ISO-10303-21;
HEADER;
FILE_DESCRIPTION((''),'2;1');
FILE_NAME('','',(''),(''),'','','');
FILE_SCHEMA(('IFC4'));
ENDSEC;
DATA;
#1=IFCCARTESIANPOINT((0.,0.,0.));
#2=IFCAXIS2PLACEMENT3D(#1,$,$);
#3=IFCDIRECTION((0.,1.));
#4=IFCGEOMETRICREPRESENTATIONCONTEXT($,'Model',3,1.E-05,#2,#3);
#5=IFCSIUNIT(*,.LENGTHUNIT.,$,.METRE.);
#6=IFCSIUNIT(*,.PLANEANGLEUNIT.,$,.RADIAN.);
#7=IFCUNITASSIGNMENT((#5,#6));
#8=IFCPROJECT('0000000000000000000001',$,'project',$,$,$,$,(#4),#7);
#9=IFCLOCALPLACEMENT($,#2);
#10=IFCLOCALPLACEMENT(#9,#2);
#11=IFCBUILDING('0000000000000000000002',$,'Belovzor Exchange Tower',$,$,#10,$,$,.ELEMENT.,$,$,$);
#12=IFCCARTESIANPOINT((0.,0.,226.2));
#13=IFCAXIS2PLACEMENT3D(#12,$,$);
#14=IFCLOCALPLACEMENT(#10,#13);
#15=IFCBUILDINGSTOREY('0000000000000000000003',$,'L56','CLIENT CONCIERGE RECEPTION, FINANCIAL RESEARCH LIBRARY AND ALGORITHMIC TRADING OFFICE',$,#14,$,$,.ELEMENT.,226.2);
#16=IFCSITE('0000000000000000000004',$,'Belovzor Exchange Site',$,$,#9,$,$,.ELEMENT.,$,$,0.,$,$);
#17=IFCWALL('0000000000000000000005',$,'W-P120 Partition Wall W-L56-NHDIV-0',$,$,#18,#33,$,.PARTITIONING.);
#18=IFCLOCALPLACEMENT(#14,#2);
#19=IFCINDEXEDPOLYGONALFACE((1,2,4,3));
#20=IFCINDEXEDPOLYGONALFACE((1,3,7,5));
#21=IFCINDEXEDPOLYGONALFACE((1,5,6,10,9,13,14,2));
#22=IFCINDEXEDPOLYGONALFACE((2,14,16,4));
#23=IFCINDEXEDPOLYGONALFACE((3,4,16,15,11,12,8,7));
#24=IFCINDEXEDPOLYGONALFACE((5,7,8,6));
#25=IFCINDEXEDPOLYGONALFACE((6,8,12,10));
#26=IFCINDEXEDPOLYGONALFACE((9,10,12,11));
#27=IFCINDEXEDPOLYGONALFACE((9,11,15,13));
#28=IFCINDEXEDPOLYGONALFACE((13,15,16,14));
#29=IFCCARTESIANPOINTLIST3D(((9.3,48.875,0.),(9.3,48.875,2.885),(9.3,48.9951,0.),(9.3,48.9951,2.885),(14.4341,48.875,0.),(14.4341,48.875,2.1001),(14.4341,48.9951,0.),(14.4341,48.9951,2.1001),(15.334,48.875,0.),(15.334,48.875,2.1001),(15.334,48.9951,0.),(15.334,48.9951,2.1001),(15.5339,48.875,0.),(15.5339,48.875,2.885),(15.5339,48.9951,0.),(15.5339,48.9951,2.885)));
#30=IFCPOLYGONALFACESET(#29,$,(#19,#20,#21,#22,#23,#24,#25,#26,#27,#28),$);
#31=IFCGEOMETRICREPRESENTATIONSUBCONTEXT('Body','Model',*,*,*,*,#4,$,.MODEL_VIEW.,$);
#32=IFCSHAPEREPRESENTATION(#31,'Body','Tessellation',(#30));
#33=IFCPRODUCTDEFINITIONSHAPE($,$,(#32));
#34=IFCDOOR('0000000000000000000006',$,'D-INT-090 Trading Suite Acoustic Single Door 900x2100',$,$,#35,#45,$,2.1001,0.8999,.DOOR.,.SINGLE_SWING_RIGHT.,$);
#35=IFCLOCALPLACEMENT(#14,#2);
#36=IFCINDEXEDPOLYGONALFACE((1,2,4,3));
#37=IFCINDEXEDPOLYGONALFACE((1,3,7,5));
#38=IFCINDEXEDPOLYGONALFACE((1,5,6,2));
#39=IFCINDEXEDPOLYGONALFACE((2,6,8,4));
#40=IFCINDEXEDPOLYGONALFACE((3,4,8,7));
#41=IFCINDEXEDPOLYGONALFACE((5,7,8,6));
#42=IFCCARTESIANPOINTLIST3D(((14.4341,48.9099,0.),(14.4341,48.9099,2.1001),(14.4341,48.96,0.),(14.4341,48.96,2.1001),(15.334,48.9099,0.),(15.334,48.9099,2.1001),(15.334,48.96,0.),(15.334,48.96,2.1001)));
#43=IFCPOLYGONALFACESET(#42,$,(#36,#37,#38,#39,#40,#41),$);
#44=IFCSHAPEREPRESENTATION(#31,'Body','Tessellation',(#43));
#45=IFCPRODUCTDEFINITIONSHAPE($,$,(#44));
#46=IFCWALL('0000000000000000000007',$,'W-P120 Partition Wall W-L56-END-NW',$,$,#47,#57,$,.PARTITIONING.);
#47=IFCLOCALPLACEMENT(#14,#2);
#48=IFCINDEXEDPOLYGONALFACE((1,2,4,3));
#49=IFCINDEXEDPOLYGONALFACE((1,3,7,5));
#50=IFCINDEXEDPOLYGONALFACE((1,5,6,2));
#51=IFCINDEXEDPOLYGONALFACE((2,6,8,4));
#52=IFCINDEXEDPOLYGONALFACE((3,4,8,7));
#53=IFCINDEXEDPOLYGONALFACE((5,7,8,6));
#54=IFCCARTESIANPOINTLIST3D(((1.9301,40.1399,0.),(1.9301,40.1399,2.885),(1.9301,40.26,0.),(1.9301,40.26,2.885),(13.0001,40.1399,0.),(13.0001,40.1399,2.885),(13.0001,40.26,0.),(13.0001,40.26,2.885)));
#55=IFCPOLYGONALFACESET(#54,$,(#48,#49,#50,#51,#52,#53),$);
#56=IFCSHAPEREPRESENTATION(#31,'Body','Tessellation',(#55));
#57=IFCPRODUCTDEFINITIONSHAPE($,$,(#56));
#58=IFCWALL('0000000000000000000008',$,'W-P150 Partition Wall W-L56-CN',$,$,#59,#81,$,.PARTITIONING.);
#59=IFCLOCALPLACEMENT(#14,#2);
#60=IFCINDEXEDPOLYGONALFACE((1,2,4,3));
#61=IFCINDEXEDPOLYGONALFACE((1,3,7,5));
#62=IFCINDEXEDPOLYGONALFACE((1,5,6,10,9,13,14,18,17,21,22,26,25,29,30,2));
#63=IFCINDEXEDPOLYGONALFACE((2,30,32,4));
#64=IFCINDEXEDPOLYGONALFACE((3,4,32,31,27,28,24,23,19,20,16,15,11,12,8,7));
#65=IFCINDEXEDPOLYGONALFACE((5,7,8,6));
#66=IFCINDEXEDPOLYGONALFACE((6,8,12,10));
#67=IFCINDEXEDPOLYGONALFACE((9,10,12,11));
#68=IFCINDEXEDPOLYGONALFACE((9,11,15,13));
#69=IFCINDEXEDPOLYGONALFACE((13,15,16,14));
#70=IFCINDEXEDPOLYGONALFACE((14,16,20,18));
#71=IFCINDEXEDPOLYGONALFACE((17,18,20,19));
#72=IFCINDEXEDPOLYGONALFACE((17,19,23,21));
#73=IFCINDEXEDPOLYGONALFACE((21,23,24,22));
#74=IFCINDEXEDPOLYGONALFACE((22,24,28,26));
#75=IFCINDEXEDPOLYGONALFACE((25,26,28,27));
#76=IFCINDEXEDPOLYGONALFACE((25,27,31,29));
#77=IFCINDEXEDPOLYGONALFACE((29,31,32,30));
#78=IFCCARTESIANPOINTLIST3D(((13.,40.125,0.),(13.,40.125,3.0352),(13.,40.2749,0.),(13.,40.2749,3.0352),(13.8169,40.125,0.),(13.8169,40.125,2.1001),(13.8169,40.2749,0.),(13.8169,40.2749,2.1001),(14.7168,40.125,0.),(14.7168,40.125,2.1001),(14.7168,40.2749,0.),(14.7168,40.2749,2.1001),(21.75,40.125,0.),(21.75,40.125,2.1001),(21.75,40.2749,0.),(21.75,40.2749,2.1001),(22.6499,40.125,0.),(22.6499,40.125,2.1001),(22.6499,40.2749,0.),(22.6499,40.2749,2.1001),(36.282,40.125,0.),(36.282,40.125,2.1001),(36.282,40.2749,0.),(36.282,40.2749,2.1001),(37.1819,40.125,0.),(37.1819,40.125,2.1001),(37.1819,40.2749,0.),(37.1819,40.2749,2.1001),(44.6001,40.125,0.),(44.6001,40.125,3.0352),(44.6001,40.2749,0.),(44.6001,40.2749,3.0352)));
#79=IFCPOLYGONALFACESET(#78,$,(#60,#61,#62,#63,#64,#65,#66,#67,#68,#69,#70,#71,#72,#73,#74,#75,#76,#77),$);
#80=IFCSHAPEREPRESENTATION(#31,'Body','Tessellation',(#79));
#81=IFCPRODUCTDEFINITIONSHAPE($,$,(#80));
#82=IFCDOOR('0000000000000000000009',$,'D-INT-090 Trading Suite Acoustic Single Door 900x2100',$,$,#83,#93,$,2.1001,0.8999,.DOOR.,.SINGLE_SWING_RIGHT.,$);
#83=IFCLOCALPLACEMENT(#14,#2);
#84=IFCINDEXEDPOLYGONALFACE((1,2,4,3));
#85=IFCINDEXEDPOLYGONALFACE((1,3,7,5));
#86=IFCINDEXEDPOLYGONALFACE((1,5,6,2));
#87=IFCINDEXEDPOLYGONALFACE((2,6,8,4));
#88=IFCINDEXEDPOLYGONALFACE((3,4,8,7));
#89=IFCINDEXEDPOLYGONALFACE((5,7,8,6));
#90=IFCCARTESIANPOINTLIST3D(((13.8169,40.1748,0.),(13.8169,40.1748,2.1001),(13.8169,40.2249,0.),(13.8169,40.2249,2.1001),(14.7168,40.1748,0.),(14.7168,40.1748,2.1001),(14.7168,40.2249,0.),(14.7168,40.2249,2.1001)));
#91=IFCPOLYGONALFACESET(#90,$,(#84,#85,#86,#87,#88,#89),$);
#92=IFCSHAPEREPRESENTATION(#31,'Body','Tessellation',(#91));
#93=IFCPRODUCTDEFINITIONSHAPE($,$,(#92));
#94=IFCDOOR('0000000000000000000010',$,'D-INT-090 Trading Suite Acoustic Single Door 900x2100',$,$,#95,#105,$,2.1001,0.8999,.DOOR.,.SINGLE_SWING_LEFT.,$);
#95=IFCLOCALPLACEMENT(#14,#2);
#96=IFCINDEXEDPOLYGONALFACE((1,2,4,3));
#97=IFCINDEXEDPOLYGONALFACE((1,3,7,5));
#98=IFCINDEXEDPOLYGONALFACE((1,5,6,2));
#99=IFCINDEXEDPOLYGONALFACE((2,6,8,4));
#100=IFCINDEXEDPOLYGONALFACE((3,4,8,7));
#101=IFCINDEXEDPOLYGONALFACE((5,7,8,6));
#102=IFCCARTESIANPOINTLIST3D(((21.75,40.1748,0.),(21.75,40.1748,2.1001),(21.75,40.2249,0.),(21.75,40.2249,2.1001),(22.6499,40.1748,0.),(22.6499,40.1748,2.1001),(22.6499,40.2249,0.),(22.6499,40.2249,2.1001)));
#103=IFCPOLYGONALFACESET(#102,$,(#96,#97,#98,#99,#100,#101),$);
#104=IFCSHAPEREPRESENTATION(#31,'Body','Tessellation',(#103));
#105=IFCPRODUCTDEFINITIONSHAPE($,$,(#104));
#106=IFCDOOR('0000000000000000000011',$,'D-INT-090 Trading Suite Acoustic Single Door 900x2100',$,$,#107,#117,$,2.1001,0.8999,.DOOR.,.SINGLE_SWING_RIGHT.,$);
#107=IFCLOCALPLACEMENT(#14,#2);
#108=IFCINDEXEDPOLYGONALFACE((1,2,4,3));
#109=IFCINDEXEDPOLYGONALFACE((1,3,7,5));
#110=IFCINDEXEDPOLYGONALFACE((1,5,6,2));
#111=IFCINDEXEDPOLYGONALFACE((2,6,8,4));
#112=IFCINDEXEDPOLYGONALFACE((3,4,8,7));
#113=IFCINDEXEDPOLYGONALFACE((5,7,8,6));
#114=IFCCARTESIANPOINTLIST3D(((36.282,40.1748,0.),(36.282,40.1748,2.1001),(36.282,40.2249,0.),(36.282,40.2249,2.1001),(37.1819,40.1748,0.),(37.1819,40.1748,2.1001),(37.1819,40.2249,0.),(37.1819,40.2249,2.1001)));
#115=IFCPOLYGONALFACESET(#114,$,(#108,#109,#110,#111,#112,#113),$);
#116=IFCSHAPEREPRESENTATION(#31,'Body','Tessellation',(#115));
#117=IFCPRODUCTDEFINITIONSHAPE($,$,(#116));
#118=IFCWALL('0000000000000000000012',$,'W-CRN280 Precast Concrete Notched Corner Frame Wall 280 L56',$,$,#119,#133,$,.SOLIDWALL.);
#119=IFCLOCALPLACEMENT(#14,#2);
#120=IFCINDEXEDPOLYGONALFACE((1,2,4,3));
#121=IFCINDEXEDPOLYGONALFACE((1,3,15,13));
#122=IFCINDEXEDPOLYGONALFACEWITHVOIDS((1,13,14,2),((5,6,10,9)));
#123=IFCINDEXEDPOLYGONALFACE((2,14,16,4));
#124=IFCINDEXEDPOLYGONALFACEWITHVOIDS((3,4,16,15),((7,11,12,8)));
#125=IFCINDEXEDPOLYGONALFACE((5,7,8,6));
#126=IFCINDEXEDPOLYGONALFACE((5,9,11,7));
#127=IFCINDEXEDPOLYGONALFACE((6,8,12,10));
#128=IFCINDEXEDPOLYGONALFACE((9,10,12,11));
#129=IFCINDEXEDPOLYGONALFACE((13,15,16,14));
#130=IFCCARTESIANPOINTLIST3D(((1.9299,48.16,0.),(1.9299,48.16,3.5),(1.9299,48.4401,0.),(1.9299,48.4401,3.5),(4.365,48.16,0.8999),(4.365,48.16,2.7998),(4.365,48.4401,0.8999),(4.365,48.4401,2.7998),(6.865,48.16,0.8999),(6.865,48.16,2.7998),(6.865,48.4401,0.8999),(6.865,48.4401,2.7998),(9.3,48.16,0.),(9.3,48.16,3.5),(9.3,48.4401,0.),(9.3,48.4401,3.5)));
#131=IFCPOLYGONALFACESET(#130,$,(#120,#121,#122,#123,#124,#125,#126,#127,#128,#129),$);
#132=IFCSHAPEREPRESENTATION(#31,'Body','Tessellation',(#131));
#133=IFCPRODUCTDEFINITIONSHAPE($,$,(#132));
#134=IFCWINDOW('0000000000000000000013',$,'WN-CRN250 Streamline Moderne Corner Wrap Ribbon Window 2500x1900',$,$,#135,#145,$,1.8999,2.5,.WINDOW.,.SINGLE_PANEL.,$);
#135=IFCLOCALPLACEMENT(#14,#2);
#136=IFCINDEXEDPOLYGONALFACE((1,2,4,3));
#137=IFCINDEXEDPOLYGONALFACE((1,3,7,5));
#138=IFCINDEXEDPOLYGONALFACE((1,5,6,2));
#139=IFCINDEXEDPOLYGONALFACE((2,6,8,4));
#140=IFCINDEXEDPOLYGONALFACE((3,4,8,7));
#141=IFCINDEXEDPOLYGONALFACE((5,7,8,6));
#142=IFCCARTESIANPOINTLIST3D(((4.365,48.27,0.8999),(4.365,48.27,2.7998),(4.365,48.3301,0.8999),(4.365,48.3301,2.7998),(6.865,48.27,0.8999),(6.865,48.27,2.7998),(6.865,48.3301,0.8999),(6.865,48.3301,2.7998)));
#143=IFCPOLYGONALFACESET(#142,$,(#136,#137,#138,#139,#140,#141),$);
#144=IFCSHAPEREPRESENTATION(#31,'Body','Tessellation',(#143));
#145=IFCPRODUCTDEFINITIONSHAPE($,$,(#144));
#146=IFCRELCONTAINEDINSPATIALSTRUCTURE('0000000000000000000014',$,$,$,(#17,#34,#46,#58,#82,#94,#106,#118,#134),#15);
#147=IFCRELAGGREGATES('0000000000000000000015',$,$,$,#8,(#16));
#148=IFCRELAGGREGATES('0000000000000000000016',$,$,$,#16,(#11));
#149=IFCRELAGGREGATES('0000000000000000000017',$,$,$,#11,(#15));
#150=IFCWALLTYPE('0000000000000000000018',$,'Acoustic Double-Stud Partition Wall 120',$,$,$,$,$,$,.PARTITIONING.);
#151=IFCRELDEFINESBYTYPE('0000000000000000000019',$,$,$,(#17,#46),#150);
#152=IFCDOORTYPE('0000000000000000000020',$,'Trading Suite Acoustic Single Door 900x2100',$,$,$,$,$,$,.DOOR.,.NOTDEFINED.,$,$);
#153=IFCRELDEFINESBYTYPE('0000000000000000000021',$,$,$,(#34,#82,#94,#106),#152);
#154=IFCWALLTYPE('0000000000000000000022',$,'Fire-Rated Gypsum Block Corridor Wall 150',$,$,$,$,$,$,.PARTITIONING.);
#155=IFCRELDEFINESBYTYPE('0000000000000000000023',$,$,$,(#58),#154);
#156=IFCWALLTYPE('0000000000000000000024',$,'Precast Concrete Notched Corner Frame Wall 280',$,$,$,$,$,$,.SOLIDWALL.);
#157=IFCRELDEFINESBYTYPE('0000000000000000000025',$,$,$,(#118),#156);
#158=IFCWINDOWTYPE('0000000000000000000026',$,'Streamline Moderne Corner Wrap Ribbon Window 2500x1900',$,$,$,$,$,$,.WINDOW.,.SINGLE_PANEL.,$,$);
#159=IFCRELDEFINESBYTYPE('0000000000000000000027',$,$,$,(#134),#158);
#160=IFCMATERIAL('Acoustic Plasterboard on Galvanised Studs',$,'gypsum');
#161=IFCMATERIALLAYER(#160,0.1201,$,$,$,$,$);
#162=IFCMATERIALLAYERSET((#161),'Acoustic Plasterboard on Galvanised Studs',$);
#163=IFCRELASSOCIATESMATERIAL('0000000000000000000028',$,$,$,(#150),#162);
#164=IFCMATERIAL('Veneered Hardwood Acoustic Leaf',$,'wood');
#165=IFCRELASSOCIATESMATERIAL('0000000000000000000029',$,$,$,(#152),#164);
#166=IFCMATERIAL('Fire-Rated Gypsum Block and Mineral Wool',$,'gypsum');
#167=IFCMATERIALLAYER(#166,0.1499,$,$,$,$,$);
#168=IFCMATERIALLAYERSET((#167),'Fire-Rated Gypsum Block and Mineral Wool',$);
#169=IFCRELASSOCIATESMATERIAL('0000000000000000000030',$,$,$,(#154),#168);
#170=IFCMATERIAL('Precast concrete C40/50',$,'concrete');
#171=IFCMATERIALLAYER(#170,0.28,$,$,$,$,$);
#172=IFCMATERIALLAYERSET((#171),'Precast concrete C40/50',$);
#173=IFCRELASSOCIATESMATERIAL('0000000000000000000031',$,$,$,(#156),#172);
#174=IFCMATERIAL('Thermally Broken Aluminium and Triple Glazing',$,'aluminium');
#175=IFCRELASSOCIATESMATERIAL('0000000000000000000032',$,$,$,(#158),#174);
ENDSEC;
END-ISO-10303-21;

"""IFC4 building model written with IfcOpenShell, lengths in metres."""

from ifc_helpers import new_model, si_unit, direction, frame, frame_2d, origin, place, context, subcontext, project, spatial, rectangle, extrude, material, layer, layer_set, type_object, element, fill, save


model = new_model("IFC4")

# Units and contexts
model_context = context("Model", 3, precision=1e-05, world=origin(), true_north=direction((0.0, 1.0)))
body_context = subcontext(model_context, "Body", "Model", "MODEL_VIEW")
ifc_project = project(units=[si_unit("LENGTHUNIT", "METRE"), si_unit("PLANEANGLEUNIT", "RADIAN")], contexts=[model_context])

# Site, building, storey
site_placement = place(None, origin())
site = spatial("IfcSite", under=ifc_project, at=site_placement, Name="Belovzor Exchange Site", CompositionType="ELEMENT", RefElevation=0.0)
building_placement = place(site_placement, origin())
building = spatial("IfcBuilding", under=site, at=building_placement, Name="Belovzor Exchange Tower", CompositionType="ELEMENT")
storey_placement = place(building_placement, frame((0.0, 0.0, 226.2)))
storey = spatial("IfcBuildingStorey", under=building, at=storey_placement, Name="L56", Description="CLIENT CONCIERGE RECEPTION, FINANCIAL RESEARCH LIBRARY AND ALGORITHMIC TRADING OFFICE", CompositionType="ELEMENT", Elevation=226.2)

# Wall, opening, door
ifc_material_1 = material(Name="Acoustic Plasterboard on Galvanised Studs", Category="gypsum")
ifc_layer_1 = layer(ifc_material_1, 0.1201)
ifc_layer_set_1 = layer_set([ifc_layer_1], Name="Acoustic Plasterboard on Galvanised Studs")
wall_type_1 = type_object("IfcWallType", Name="Acoustic Double-Stud Partition Wall 120", PredefinedType="PARTITIONING", material=ifc_layer_set_1)
wall_1_placement = place(storey_placement, frame((9.3, 48.9351, 0.0), z_axis=(0.0, 0.0, 1.0), x_axis=(1.0, 0.0, 0.0)))
wall_1 = element("IfcWall", 1, at=wall_1_placement, inside=storey, type_object=wall_type_1, Name="W-P120 Partition Wall W-L56-NHDIV-0", PredefinedType="PARTITIONING", context=body_context, shape_type="SweptSolid", body=[
    extrude(rectangle(XDim=6.2339, YDim=0.1201, at=frame_2d((3.1169, 0.0))), origin(), (0.0, 0.0, 1.0), 2.885),
])
opening_1_placement = place(wall_1_placement, frame((5.134, 0.0, 0.0)))
opening_1 = element("IfcOpeningElement", 2, at=opening_1_placement, cuts=wall_1, PredefinedType="OPENING", context=body_context, shape_type="SweptSolid", body=[
    extrude(rectangle(XDim=0.8999, YDim=2.1001, at=frame_2d((0.45, 1.05))), frame((0.0, 0.0701, 0.0), z_axis=(0.0, -1.0, 0.0), x_axis=(1.0, 0.0, 0.0)), (0.0, 0.0, 1.0), 0.1401),
])
ifc_material_2 = material(Name="Veneered Hardwood Acoustic Leaf", Category="wood")
door_type_1 = type_object("IfcDoorType", Name="Trading Suite Acoustic Single Door 900x2100", OperationType="NOTDEFINED", PredefinedType="DOOR", material=ifc_material_2)
door_1_placement = place(opening_1_placement, origin())
door_1 = element("IfcDoor", 3, at=door_1_placement, inside=storey, type_object=door_type_1, Name="D-INT-090 Trading Suite Acoustic Single Door 900x2100", OperationType="SINGLE_SWING_RIGHT", OverallHeight=2.1001, OverallWidth=0.8999, PredefinedType="DOOR", context=body_context, shape_type="SweptSolid", body=[
    extrude(rectangle(XDim=0.8999, YDim=2.1001, at=frame_2d((0.45, 1.05))), frame((0.0, 0.0249, 0.0), z_axis=(0.0, -1.0, 0.0), x_axis=(1.0, 0.0, 0.0)), (0.0, 0.0, 1.0), 0.05),
])
fill(opening_1, door_1)

# Wall
wall_2_placement = place(storey_placement, frame((1.9299, 40.2, 0.0), z_axis=(0.0, 0.0, 1.0), x_axis=(1.0, 0.0, 0.0)))
element("IfcWall", 4, at=wall_2_placement, inside=storey, type_object=wall_type_1, Name="W-P120 Partition Wall W-L56-END-NW", PredefinedType="PARTITIONING", context=body_context, shape_type="SweptSolid", body=[
    extrude(rectangle(XDim=11.0701, YDim=0.1201, at=frame_2d((5.5352, 0.0))), origin(), (0.0, 0.0, 1.0), 2.885),
])

# Wall, openings, doors
ifc_material_3 = material(Name="Fire-Rated Gypsum Block and Mineral Wool", Category="gypsum")
ifc_layer_2 = layer(ifc_material_3, 0.1499)
ifc_layer_set_2 = layer_set([ifc_layer_2], Name="Fire-Rated Gypsum Block and Mineral Wool")
wall_type_2 = type_object("IfcWallType", Name="Fire-Rated Gypsum Block Corridor Wall 150", PredefinedType="PARTITIONING", material=ifc_layer_set_2)
wall_3_placement = place(storey_placement, frame((13.0, 40.2, 0.0), z_axis=(0.0, 0.0, 1.0), x_axis=(1.0, 0.0, 0.0)))
wall_3 = element("IfcWall", 5, at=wall_3_placement, inside=storey, type_object=wall_type_2, Name="W-P150 Partition Wall W-L56-CN", PredefinedType="PARTITIONING", context=body_context, shape_type="SweptSolid", body=[
    extrude(rectangle(XDim=31.6001, YDim=0.1499, at=frame_2d((15.8, 0.0))), origin(), (0.0, 0.0, 1.0), 3.0352),
])
opening_2_placement = place(wall_3_placement, frame((0.8169, 0.0, 0.0)))
opening_2 = element("IfcOpeningElement", 6, at=opening_2_placement, cuts=wall_3, PredefinedType="OPENING", context=body_context, shape_type="SweptSolid", body=[
    extrude(rectangle(XDim=0.8999, YDim=2.1001, at=frame_2d((0.45, 1.05))), frame((0.0, 0.085, 0.0), z_axis=(0.0, -1.0, 0.0), x_axis=(1.0, 0.0, 0.0)), (0.0, 0.0, 1.0), 0.1699),
])
opening_3_placement = place(wall_3_placement, frame((8.75, 0.0, 0.0)))
opening_3 = element("IfcOpeningElement", 7, at=opening_3_placement, cuts=wall_3, PredefinedType="OPENING", context=body_context, shape_type="SweptSolid", body=[
    extrude(rectangle(XDim=0.8999, YDim=2.1001, at=frame_2d((0.45, 1.05))), frame((0.0, 0.085, 0.0), z_axis=(0.0, -1.0, 0.0), x_axis=(1.0, 0.0, 0.0)), (0.0, 0.0, 1.0), 0.1699),
])
opening_4_placement = place(wall_3_placement, frame((23.282, 0.0, 0.0)))
opening_4 = element("IfcOpeningElement", 8, at=opening_4_placement, cuts=wall_3, PredefinedType="OPENING", context=body_context, shape_type="SweptSolid", body=[
    extrude(rectangle(XDim=0.8999, YDim=2.1001, at=frame_2d((0.45, 1.05))), frame((0.0, 0.085, 0.0), z_axis=(0.0, -1.0, 0.0), x_axis=(1.0, 0.0, 0.0)), (0.0, 0.0, 1.0), 0.1699),
])
door_2_placement = place(opening_2_placement, origin())
door_2 = element("IfcDoor", 9, at=door_2_placement, inside=storey, type_object=door_type_1, Name="D-INT-090 Trading Suite Acoustic Single Door 900x2100", OperationType="SINGLE_SWING_RIGHT", OverallHeight=2.1001, OverallWidth=0.8999, PredefinedType="DOOR", context=body_context, shape_type="SweptSolid", body=[
    extrude(rectangle(XDim=0.8999, YDim=2.1001, at=frame_2d((0.45, 1.05))), frame((0.0, 0.0249, 0.0), z_axis=(0.0, -1.0, 0.0), x_axis=(1.0, 0.0, 0.0)), (0.0, 0.0, 1.0), 0.05),
])
fill(opening_2, door_2)
door_3_placement = place(opening_3_placement, origin())
door_3 = element("IfcDoor", 10, at=door_3_placement, inside=storey, type_object=door_type_1, Name="D-INT-090 Trading Suite Acoustic Single Door 900x2100", OperationType="SINGLE_SWING_LEFT", OverallHeight=2.1001, OverallWidth=0.8999, PredefinedType="DOOR", context=body_context, shape_type="SweptSolid", body=[
    extrude(rectangle(XDim=0.8999, YDim=2.1001, at=frame_2d((0.45, 1.05))), frame((0.0, 0.0249, 0.0), z_axis=(0.0, -1.0, 0.0), x_axis=(1.0, 0.0, 0.0)), (0.0, 0.0, 1.0), 0.05),
])
fill(opening_3, door_3)
door_4_placement = place(opening_4_placement, origin())
door_4 = element("IfcDoor", 11, at=door_4_placement, inside=storey, type_object=door_type_1, Name="D-INT-090 Trading Suite Acoustic Single Door 900x2100", OperationType="SINGLE_SWING_RIGHT", OverallHeight=2.1001, OverallWidth=0.8999, PredefinedType="DOOR", context=body_context, shape_type="SweptSolid", body=[
    extrude(rectangle(XDim=0.8999, YDim=2.1001, at=frame_2d((0.45, 1.05))), frame((0.0, 0.0249, 0.0), z_axis=(0.0, -1.0, 0.0), x_axis=(1.0, 0.0, 0.0)), (0.0, 0.0, 1.0), 0.05),
])
fill(opening_4, door_4)

# Wall, opening, window
ifc_material_4 = material(Name="Precast concrete C40/50", Category="concrete")
ifc_layer_3 = layer(ifc_material_4, 0.28)
ifc_layer_set_3 = layer_set([ifc_layer_3], Name="Precast concrete C40/50")
wall_type_3 = type_object("IfcWallType", Name="Precast Concrete Notched Corner Frame Wall 280", PredefinedType="SOLIDWALL", material=ifc_layer_set_3)
wall_4_placement = place(storey_placement, frame((1.9299, 48.3, 0.0), z_axis=(0.0, 0.0, 1.0), x_axis=(1.0, 0.0, 0.0)))
wall_4 = element("IfcWall", 12, at=wall_4_placement, inside=storey, type_object=wall_type_3, Name="W-CRN280 Precast Concrete Notched Corner Frame Wall 280 L56", PredefinedType="SOLIDWALL", context=body_context, shape_type="SweptSolid", body=[
    extrude(rectangle(XDim=7.3701, YDim=0.28, at=frame_2d((3.6851, 0.0))), origin(), (0.0, 0.0, 1.0), 3.5),
])
opening_5_placement = place(wall_4_placement, frame((2.4351, 0.0, 0.8999)))
opening_5 = element("IfcOpeningElement", 13, at=opening_5_placement, cuts=wall_4, PredefinedType="OPENING", context=body_context, shape_type="SweptSolid", body=[
    extrude(rectangle(XDim=2.5, YDim=1.8999, at=frame_2d((1.25, 0.95))), frame((0.0, 0.1499, 0.0), z_axis=(0.0, -1.0, 0.0), x_axis=(1.0, 0.0, 0.0)), (0.0, 0.0, 1.0), 0.3),
])
ifc_material_5 = material(Name="Thermally Broken Aluminium and Triple Glazing", Category="aluminium")
window_type = type_object("IfcWindowType", Name="Streamline Moderne Corner Wrap Ribbon Window 2500x1900", PartitioningType="SINGLE_PANEL", PredefinedType="WINDOW", material=ifc_material_5)
window_1_placement = place(opening_5_placement, origin())
window_1 = element("IfcWindow", 14, at=window_1_placement, inside=storey, type_object=window_type, Name="WN-CRN250 Streamline Moderne Corner Wrap Ribbon Window 2500x1900", OverallHeight=1.8999, OverallWidth=2.5, PartitioningType="SINGLE_PANEL", PredefinedType="WINDOW", context=body_context, shape_type="SweptSolid", body=[
    extrude(rectangle(XDim=2.5, YDim=1.8999, at=frame_2d((1.25, 0.95))), frame((0.0, 0.03, 0.0), z_axis=(0.0, -1.0, 0.0), x_axis=(1.0, 0.0, 0.0)), (0.0, 0.0, 1.0), 0.0601),
])
fill(opening_5, window_1)

save(model, "model.ifc")
